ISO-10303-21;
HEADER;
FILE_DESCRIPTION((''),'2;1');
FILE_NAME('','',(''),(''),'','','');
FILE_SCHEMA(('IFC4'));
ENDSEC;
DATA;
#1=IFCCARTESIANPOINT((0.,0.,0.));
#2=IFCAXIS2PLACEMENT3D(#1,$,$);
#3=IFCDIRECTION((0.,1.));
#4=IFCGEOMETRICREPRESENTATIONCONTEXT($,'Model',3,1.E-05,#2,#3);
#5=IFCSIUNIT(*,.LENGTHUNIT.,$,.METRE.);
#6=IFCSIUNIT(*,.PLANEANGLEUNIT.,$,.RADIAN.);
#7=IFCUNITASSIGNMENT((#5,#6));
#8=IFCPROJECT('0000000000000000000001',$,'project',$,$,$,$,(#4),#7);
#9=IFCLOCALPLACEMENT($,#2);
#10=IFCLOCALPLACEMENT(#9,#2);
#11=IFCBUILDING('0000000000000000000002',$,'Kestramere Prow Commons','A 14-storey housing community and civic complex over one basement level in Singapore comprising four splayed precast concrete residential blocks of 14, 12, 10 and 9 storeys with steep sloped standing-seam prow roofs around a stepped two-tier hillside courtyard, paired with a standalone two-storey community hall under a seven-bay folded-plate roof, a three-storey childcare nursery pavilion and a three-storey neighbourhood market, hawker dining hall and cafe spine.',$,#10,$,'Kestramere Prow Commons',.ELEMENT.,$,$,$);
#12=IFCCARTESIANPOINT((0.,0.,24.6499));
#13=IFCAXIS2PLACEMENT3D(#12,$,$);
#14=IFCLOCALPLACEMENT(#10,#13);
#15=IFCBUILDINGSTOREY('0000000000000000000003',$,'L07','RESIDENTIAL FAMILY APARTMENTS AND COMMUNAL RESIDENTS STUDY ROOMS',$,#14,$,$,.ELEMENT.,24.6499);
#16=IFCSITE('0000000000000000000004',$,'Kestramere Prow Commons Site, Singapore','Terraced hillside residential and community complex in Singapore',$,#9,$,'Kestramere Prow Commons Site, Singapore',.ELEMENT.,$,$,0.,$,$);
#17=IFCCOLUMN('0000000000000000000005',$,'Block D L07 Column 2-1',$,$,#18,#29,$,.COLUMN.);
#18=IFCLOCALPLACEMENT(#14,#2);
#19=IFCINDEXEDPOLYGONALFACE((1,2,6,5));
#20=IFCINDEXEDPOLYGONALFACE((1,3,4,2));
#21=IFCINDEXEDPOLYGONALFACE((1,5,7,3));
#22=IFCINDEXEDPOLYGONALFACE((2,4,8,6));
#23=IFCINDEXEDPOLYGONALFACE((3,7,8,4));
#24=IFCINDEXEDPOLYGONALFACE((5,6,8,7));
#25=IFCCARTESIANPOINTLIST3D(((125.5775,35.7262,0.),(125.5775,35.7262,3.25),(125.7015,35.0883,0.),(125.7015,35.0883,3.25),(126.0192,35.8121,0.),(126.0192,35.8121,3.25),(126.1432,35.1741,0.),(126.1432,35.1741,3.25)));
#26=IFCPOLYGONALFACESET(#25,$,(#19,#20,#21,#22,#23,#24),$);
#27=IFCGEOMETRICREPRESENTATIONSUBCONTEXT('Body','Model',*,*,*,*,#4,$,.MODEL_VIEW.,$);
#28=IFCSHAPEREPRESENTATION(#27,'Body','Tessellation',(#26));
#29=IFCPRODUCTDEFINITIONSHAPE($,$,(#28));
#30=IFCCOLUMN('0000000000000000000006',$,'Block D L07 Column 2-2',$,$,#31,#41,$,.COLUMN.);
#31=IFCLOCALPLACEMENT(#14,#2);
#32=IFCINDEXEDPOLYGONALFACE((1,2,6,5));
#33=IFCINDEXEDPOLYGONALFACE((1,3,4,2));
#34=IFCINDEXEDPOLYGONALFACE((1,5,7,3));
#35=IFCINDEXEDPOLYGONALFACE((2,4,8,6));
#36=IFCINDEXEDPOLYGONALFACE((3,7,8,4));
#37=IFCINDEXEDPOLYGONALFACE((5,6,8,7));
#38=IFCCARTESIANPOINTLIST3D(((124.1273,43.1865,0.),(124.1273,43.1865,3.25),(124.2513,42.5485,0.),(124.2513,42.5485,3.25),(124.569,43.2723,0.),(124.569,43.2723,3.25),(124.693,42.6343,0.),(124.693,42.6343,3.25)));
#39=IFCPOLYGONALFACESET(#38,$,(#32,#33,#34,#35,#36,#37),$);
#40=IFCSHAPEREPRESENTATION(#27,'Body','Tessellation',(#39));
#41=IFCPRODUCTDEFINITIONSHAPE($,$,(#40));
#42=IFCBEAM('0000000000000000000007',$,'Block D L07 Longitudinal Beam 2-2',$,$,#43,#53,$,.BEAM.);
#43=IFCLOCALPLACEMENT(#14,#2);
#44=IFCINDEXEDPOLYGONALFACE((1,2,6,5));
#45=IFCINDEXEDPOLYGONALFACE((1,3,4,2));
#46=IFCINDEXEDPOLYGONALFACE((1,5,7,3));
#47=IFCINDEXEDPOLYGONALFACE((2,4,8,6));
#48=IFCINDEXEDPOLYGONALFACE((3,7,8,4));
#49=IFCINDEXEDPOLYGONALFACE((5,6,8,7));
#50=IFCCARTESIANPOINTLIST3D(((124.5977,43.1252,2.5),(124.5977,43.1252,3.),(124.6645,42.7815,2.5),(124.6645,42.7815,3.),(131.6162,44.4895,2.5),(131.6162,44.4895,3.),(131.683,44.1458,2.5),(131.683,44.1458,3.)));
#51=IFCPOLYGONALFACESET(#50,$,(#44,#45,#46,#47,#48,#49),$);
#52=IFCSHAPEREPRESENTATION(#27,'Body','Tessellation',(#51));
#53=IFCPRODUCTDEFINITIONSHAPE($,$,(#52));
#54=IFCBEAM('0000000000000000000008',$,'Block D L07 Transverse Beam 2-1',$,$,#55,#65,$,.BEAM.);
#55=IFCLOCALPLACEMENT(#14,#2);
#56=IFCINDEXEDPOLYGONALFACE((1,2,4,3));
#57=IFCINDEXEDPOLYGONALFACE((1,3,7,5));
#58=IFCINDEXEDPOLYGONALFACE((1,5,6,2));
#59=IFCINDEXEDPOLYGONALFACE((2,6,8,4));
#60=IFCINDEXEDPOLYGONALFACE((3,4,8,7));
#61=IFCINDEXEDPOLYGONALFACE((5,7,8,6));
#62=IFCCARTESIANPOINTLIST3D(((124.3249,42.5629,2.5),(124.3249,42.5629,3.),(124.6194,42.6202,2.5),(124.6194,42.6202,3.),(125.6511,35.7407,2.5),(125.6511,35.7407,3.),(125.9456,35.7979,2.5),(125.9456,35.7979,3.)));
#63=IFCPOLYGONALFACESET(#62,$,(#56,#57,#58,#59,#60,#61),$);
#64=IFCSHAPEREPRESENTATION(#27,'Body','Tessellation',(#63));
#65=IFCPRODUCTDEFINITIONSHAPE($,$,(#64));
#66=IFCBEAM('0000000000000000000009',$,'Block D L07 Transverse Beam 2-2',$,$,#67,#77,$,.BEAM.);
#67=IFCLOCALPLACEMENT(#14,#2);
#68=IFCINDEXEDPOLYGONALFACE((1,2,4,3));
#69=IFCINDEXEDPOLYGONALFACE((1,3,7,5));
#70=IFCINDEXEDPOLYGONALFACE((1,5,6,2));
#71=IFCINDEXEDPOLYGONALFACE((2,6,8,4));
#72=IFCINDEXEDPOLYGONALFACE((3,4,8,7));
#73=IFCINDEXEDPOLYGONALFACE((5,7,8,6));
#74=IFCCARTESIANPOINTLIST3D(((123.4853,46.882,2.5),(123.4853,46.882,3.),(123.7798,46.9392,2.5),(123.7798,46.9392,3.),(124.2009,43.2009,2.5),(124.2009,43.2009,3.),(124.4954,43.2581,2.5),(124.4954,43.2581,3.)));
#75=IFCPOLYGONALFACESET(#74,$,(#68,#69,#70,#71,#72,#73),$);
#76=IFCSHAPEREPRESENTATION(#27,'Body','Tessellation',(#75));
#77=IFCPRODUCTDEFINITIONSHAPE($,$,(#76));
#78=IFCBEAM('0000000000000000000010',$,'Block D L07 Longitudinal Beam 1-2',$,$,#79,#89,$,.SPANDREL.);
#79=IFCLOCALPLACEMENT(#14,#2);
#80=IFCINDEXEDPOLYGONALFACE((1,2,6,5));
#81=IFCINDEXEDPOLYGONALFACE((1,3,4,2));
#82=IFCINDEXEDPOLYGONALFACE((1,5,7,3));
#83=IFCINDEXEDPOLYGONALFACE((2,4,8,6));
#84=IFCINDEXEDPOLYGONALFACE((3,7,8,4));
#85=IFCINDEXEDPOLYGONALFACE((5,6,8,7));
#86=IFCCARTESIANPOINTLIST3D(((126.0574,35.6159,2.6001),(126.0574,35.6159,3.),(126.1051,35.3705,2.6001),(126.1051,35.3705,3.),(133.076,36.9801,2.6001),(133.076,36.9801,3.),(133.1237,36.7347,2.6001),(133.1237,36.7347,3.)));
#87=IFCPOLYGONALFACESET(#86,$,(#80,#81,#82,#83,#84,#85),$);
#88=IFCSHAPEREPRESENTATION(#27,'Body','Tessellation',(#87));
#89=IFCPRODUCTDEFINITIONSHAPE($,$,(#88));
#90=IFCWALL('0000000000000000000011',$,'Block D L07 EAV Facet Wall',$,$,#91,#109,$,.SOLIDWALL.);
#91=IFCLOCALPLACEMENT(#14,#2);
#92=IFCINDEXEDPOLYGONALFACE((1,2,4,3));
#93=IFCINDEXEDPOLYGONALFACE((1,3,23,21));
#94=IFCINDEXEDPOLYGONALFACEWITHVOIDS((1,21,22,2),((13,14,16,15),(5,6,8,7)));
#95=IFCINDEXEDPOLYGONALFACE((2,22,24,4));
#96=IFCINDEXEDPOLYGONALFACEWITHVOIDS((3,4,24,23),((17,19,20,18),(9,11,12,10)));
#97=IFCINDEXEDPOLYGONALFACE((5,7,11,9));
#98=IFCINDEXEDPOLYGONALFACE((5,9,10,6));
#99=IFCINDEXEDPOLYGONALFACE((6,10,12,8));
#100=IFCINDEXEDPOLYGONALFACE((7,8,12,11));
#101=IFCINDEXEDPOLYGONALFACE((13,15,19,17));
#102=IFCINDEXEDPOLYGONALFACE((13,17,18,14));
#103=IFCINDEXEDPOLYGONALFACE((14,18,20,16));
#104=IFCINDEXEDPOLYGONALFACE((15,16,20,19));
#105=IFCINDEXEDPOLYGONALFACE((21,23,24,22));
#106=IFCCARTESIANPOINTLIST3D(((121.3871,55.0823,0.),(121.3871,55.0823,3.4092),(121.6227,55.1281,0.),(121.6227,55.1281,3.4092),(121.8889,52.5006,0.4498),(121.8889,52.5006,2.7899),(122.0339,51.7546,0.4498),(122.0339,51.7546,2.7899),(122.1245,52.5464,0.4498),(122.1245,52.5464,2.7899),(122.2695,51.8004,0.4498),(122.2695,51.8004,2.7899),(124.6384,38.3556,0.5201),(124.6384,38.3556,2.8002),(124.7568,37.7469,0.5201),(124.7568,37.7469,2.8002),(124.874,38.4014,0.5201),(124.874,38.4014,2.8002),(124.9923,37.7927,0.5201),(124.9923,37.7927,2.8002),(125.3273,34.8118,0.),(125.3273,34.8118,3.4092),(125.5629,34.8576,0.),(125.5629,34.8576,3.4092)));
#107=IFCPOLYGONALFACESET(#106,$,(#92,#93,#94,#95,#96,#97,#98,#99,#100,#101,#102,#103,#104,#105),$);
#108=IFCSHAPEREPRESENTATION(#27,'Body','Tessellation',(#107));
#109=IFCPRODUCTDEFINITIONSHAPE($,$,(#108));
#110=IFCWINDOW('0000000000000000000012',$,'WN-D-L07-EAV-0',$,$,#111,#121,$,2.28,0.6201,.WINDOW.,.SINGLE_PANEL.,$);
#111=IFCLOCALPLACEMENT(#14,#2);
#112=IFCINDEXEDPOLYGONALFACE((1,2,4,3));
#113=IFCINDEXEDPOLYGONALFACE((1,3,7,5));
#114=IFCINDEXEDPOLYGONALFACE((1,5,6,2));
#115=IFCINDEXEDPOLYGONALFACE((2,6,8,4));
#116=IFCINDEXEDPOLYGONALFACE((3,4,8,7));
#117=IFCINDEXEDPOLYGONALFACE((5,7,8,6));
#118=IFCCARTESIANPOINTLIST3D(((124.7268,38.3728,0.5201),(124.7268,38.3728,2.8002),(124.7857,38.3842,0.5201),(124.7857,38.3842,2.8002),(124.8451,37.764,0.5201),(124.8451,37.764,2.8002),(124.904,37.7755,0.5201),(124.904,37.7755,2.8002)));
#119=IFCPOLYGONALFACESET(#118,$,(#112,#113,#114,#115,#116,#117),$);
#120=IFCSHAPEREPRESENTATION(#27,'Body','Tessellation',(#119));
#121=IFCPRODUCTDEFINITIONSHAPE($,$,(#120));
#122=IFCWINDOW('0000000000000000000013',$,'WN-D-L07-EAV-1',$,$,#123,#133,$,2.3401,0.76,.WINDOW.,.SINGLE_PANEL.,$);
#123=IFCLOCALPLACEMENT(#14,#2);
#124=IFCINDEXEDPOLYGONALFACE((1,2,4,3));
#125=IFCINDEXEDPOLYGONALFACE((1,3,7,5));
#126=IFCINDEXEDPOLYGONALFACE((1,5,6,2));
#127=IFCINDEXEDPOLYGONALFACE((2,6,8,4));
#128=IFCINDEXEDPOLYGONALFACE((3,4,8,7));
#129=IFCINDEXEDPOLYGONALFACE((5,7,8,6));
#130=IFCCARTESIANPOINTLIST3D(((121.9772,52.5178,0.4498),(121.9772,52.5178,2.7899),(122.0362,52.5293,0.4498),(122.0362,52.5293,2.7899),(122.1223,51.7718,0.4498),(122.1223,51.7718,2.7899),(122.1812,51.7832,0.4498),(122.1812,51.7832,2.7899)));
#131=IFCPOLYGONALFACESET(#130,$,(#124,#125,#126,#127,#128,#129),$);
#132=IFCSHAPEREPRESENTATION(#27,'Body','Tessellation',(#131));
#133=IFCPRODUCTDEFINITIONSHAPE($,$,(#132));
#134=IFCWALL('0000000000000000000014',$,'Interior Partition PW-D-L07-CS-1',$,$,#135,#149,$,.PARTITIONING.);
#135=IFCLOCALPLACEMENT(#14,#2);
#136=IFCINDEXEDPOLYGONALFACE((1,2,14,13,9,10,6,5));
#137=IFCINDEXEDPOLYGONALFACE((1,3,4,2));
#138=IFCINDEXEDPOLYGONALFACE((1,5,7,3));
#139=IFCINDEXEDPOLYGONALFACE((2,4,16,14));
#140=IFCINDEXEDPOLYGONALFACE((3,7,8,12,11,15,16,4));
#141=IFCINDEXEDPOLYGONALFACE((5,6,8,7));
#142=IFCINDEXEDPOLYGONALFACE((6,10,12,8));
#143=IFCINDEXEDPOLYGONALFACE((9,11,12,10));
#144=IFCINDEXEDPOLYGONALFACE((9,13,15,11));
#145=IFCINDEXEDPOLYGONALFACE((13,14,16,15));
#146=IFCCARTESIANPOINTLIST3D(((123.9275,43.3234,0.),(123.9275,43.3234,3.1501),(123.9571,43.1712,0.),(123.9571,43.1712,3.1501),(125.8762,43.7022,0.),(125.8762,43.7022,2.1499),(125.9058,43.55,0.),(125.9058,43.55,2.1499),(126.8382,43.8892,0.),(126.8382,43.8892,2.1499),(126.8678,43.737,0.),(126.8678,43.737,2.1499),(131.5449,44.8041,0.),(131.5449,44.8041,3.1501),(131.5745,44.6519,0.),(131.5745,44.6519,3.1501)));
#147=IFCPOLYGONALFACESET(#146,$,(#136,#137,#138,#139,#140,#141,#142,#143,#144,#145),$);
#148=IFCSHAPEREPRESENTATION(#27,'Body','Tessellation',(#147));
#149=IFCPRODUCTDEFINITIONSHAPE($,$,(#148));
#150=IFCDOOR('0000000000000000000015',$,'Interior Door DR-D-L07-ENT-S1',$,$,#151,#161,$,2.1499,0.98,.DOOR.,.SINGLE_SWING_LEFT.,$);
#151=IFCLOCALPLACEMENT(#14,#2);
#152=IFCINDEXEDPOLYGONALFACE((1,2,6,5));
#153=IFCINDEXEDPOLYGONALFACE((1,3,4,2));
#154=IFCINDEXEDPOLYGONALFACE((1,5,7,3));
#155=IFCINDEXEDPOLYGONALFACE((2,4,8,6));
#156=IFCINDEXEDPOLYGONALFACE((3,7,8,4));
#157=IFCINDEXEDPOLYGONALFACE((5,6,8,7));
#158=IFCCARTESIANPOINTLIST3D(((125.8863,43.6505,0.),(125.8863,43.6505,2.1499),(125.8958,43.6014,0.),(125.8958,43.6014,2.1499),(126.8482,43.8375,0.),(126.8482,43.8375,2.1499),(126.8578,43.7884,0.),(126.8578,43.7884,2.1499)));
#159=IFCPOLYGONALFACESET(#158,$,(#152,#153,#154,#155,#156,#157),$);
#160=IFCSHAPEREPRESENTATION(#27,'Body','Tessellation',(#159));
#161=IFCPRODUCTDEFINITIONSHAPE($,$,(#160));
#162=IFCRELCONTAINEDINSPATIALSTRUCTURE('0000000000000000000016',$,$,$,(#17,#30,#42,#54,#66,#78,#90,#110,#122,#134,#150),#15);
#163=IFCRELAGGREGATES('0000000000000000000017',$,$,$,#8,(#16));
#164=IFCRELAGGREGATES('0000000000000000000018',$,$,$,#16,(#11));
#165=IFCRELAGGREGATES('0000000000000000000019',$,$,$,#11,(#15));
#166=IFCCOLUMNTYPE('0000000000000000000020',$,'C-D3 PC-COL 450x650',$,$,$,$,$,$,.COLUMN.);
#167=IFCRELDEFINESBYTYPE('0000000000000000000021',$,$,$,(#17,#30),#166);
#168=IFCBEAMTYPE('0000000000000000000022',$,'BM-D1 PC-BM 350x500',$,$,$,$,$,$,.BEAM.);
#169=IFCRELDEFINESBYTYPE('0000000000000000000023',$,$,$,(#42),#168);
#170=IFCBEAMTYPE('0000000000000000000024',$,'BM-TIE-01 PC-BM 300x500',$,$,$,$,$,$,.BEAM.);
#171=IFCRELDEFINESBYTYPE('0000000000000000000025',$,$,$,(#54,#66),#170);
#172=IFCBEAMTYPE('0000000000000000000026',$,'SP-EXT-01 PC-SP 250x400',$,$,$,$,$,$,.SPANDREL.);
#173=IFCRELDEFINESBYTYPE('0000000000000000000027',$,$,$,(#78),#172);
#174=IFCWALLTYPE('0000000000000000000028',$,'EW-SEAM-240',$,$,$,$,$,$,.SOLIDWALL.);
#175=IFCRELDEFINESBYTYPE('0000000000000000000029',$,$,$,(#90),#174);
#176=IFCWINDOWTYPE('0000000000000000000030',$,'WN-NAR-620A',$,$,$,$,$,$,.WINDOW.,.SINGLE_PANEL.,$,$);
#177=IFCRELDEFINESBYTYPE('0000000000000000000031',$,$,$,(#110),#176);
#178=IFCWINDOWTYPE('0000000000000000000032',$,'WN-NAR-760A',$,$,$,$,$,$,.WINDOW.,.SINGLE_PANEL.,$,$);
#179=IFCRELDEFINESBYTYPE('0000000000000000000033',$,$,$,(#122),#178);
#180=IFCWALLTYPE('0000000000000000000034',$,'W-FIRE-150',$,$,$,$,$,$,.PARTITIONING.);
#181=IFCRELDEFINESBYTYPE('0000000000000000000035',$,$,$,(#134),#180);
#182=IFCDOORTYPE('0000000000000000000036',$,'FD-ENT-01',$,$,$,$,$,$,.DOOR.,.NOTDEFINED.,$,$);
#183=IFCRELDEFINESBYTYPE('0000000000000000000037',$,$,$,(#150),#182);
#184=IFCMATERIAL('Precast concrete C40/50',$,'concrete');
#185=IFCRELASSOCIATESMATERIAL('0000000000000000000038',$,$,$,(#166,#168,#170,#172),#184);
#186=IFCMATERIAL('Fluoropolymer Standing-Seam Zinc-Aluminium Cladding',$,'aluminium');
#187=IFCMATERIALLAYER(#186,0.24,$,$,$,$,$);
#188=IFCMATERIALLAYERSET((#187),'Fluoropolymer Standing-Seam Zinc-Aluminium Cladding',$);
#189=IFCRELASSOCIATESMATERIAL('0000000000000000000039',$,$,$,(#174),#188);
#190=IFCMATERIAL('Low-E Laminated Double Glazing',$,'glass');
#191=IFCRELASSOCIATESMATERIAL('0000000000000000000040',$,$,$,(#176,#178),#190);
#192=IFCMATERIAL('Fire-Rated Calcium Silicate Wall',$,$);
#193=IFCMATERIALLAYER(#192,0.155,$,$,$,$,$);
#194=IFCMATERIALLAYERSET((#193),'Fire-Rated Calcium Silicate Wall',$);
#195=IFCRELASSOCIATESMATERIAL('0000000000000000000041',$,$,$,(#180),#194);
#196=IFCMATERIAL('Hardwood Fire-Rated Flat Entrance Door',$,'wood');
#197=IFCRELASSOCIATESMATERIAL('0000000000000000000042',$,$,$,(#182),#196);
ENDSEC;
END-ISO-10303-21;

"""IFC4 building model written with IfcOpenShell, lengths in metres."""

from ifc_helpers import new_model, si_unit, direction, frame, frame_2d, origin, origin_2d, place, context, subcontext, project, spatial, rectangle, extrude, material, layer, layer_set, material_profile, profile_set, type_object, element, fill, save


model = new_model("IFC4")

# Units and contexts
model_context = context("Model", 3, precision=1e-05, world=origin(), true_north=direction((0.0, 1.0)))
body_context = subcontext(model_context, "Body", "Model", "MODEL_VIEW")
ifc_project = project(units=[si_unit("LENGTHUNIT", "METRE"), si_unit("PLANEANGLEUNIT", "RADIAN")], contexts=[model_context])

# Site, building, storey
site_placement = place(None, origin())
site = spatial("IfcSite", under=ifc_project, at=site_placement, Name="Kestramere Prow Commons Site, Singapore", Description="Terraced hillside residential and community complex in Singapore", LongName="Kestramere Prow Commons Site, Singapore", CompositionType="ELEMENT", RefElevation=0.0)
building_placement = place(site_placement, origin())
building = spatial("IfcBuilding", under=site, at=building_placement, Name="Kestramere Prow Commons", Description="A 14-storey housing community and civic complex over one basement level in Singapore comprising four splayed precast concrete residential blocks of 14, 12, 10 and 9 storeys with steep sloped standing-seam prow roofs around a stepped two-tier hillside courtyard, paired with a standalone two-storey community hall under a seven-bay folded-plate roof, a three-storey childcare nursery pavilion and a three-storey neighbourhood market, hawker dining hall and cafe spine.", LongName="Kestramere Prow Commons", CompositionType="ELEMENT")
storey_placement = place(building_placement, frame((0.0, 0.0, 24.6499)))
storey = spatial("IfcBuildingStorey", under=building, at=storey_placement, Name="L07", Description="RESIDENTIAL FAMILY APARTMENTS AND COMMUNAL RESIDENTS STUDY ROOMS", CompositionType="ELEMENT", Elevation=24.6499)

# Columns
ifc_material_1 = material(Name="Precast concrete C40/50", Category="concrete")
ifc_material_profile_1 = material_profile(ifc_material_1, rectangle(XDim=0.45, YDim=0.6499, at=origin_2d()), Name="PC-COL 450x650")
ifc_profile_set_1 = profile_set([ifc_material_profile_1], Name="Precast concrete C40/50")
column_type = type_object("IfcColumnType", Name="C-D3 PC-COL 450x650", PredefinedType="COLUMN", material=ifc_profile_set_1)
for number, where, z_axis, x_axis, name in (
    (1, (125.8604, 35.4502, 0.0), (0.0, 0.0, 1.0), (0.981627, 0.190809, 0.0), "Block D L07 Column 2-1"),
    (2, (124.4102, 42.9104, 0.0), (0.0, 0.0, 1.0), (0.981627, 0.190809, 0.0), "Block D L07 Column 2-2"),
):
    element("IfcColumn", number, at=place(storey_placement, frame(where, z_axis=z_axis, x_axis=x_axis)), inside=storey, type_object=column_type, Name=name, PredefinedType="COLUMN", context=body_context, shape_type="SweptSolid", body=[
        extrude(rectangle(XDim=0.45, YDim=0.6499, at=origin_2d()), origin(), (0.0, 0.0, 1.0), 3.25),
    ])

# Beams
ifc_material_profile_2 = material_profile(ifc_material_1, rectangle(XDim=0.3501, YDim=0.5, at=origin_2d()), Name="PC-BM 350x500")
ifc_profile_set_2 = profile_set([ifc_material_profile_2], Name="Precast concrete C40/50")
beam_type_1 = type_object("IfcBeamType", Name="BM-D1 PC-BM 350x500", PredefinedType="BEAM", material=ifc_profile_set_2)
beam_1_placement = place(storey_placement, frame((124.6311, 42.9534, 2.75), z_axis=(0.981627, 0.190808, 0.0), x_axis=(-0.190808, 0.981627, 0.0)))
element("IfcBeam", 3, at=beam_1_placement, inside=storey, type_object=beam_type_1, Name="Block D L07 Longitudinal Beam 2-2", PredefinedType="BEAM", context=body_context, shape_type="SweptSolid", body=[
    extrude(rectangle(XDim=0.3501, YDim=0.5, at=origin_2d()), origin(), (0.0, 0.0, 1.0), 7.1499),
])
ifc_material_profile_3 = material_profile(ifc_material_1, rectangle(XDim=0.3, YDim=0.5, at=origin_2d()), Name="PC-BM 300x500")
ifc_profile_set_3 = profile_set([ifc_material_profile_3], Name="Precast concrete C40/50")
beam_type_2 = type_object("IfcBeamType", Name="BM-TIE-01 PC-BM 300x500", PredefinedType="BEAM", material=ifc_profile_set_3)
beam_2_placement = place(storey_placement, frame((125.7983, 35.7693, 2.75), z_axis=(-0.190817, 0.981626, 0.0), x_axis=(-0.981626, -0.190817, 0.0)))
element("IfcBeam", 4, at=beam_2_placement, inside=storey, type_object=beam_type_2, Name="Block D L07 Transverse Beam 2-1", PredefinedType="BEAM", context=body_context, shape_type="SweptSolid", body=[
    extrude(rectangle(XDim=0.3, YDim=0.5, at=origin_2d()), origin(), (0.0, 0.0, 1.0), 6.95),
])
beam_3_placement = place(storey_placement, frame((124.3481, 43.2295, 2.75), z_axis=(-0.190817, 0.981626, 0.0), x_axis=(-0.981626, -0.190817, 0.0)))
element("IfcBeam", 5, at=beam_3_placement, inside=storey, type_object=beam_type_2, Name="Block D L07 Transverse Beam 2-2", PredefinedType="BEAM", context=body_context, shape_type="SweptSolid", body=[
    extrude(rectangle(XDim=0.3, YDim=0.5, at=origin_2d()), origin(), (0.0, 0.0, 1.0), 3.75),
])
ifc_material_profile_4 = material_profile(ifc_material_1, rectangle(XDim=0.25, YDim=0.3999, at=origin_2d()), Name="PC-SP 250x400")
ifc_profile_set_4 = profile_set([ifc_material_profile_4], Name="Precast concrete C40/50")
beam_type_3 = type_object("IfcBeamType", Name="SP-EXT-01 PC-SP 250x400", PredefinedType="SPANDREL", material=ifc_profile_set_4)
beam_4_placement = place(storey_placement, frame((126.0813, 35.4932, 2.8), z_axis=(0.981627, 0.190808, 0.0), x_axis=(-0.190808, 0.981627, 0.0)))
element("IfcBeam", 6, at=beam_4_placement, inside=storey, type_object=beam_type_3, Name="Block D L07 Longitudinal Beam 1-2", PredefinedType="SPANDREL", context=body_context, shape_type="SweptSolid", body=[
    extrude(rectangle(XDim=0.25, YDim=0.3999, at=origin_2d()), origin(), (0.0, 0.0, 1.0), 7.1499),
])

# Wall, openings, windows
ifc_material_2 = material(Name="Fluoropolymer Standing-Seam Zinc-Aluminium Cladding", Category="aluminium")
ifc_layer_1 = layer(ifc_material_2, 0.24)
ifc_layer_set_1 = layer_set([ifc_layer_1], Name="Fluoropolymer Standing-Seam Zinc-Aluminium Cladding")
wall_type_1 = type_object("IfcWallType", Name="EW-SEAM-240", PredefinedType="SOLIDWALL", material=ifc_layer_set_1)
wall_1_placement = place(storey_placement, frame((125.4451, 34.8347, 0.0), z_axis=(0.0, 0.0, 1.0), x_axis=(-0.190809, 0.981627, 0.0)))
wall_1 = element("IfcWall", 7, at=wall_1_placement, inside=storey, type_object=wall_type_1, Name="Block D L07 EAV Facet Wall", PredefinedType="SOLIDWALL", context=body_context, shape_type="SweptSolid", body=[
    extrude(rectangle(XDim=20.6499, YDim=0.24, at=frame_2d((10.325, 0.0))), origin(), (0.0, 0.0, 1.0), 3.4092),
])
opening_1_placement = place(wall_1_placement, frame((2.99, 0.0, 0.52)))
opening_1 = element("IfcOpeningElement", 8, at=opening_1_placement, cuts=wall_1, PredefinedType="OPENING", context=body_context, shape_type="SweptSolid", body=[
    extrude(rectangle(XDim=0.6201, YDim=2.28, at=frame_2d((0.3101, 1.1401))), frame((0.0, 0.135, 0.0), z_axis=(0.0, -1.0, 0.0), x_axis=(1.0, 0.0, 0.0)), (0.0, 0.0, 1.0), 0.27),
])
opening_2_placement = place(wall_1_placement, frame((17.26, 0.0, 0.45)))
opening_2 = element("IfcOpeningElement", 9, at=opening_2_placement, cuts=wall_1, PredefinedType="OPENING", context=body_context, shape_type="SweptSolid", body=[
    extrude(rectangle(XDim=0.76, YDim=2.3401, at=frame_2d((0.3799, 1.1699))), frame((0.0, 0.135, 0.0), z_axis=(0.0, -1.0, 0.0), x_axis=(1.0, 0.0, 0.0)), (0.0, 0.0, 1.0), 0.27),
])
ifc_material_3 = material(Name="Low-E Laminated Double Glazing", Category="glass")
window_type_1 = type_object("IfcWindowType", Name="WN-NAR-620A", PartitioningType="SINGLE_PANEL", PredefinedType="WINDOW", material=ifc_material_3)
window_1_placement = place(opening_1_placement, origin())
window_1 = element("IfcWindow", 10, at=window_1_placement, inside=storey, type_object=window_type_1, Name="WN-D-L07-EAV-0", OverallHeight=2.28, OverallWidth=0.6201, PartitioningType="SINGLE_PANEL", PredefinedType="WINDOW", context=body_context, shape_type="SweptSolid", body=[
    extrude(rectangle(XDim=0.6201, YDim=2.28, at=frame_2d((0.3101, 1.1401))), frame((0.0, 0.03, 0.0), z_axis=(0.0, -1.0, 0.0), x_axis=(1.0, 0.0, 0.0)), (0.0, 0.0, 1.0), 0.0601),
])
fill(opening_1, window_1)
window_type_2 = type_object("IfcWindowType", Name="WN-NAR-760A", PartitioningType="SINGLE_PANEL", PredefinedType="WINDOW", material=ifc_material_3)
window_2_placement = place(opening_2_placement, origin())
window_2 = element("IfcWindow", 11, at=window_2_placement, inside=storey, type_object=window_type_2, Name="WN-D-L07-EAV-1", OverallHeight=2.3401, OverallWidth=0.76, PartitioningType="SINGLE_PANEL", PredefinedType="WINDOW", context=body_context, shape_type="SweptSolid", body=[
    extrude(rectangle(XDim=0.76, YDim=2.3401, at=frame_2d((0.3799, 1.1699))), frame((0.0, 0.03, 0.0), z_axis=(0.0, -1.0, 0.0), x_axis=(1.0, 0.0, 0.0)), (0.0, 0.0, 1.0), 0.0601),
])
fill(opening_2, window_2)

# Wall, opening, door
ifc_material_4 = material(Name="Fire-Rated Calcium Silicate Wall")
ifc_layer_2 = layer(ifc_material_4, 0.155)
ifc_layer_set_2 = layer_set([ifc_layer_2], Name="Fire-Rated Calcium Silicate Wall")
wall_type_2 = type_object("IfcWallType", Name="W-FIRE-150", PredefinedType="PARTITIONING", material=ifc_layer_set_2)
wall_2_placement = place(storey_placement, frame((123.9424, 43.2473, 0.0), z_axis=(0.0, 0.0, 1.0), x_axis=(0.981626, 0.190813, 0.0)))
wall_2 = element("IfcWall", 12, at=wall_2_placement, inside=storey, type_object=wall_type_2, Name="Interior Partition PW-D-L07-CS-1", PredefinedType="PARTITIONING", context=body_context, shape_type="SweptSolid", body=[
    extrude(rectangle(XDim=7.76, YDim=0.155, at=frame_2d((3.8799, 0.0))), origin(), (0.0, 0.0, 1.0), 3.1501),
])
opening_3_placement = place(wall_2_placement, frame((1.9851, 0.0, 0.0)))
opening_3 = element("IfcOpeningElement", 13, at=opening_3_placement, cuts=wall_2, PredefinedType="OPENING", context=body_context, shape_type="SweptSolid", body=[
    extrude(rectangle(XDim=0.98, YDim=2.1499, at=frame_2d((0.49, 1.075))), frame((0.0, 0.0925, 0.0), z_axis=(0.0, -1.0, 0.0), x_axis=(1.0, 0.0, 0.0)), (0.0, 0.0, 1.0), 0.1851),
])
ifc_material_5 = material(Name="Hardwood Fire-Rated Flat Entrance Door", Category="wood")
door_type_1 = type_object("IfcDoorType", Name="FD-ENT-01", OperationType="NOTDEFINED", PredefinedType="DOOR", material=ifc_material_5)
door_1_placement = place(opening_3_placement, origin())
door_1 = element("IfcDoor", 14, at=door_1_placement, inside=storey, type_object=door_type_1, Name="Interior Door DR-D-L07-ENT-S1", OperationType="SINGLE_SWING_LEFT", OverallHeight=2.1499, OverallWidth=0.98, PredefinedType="DOOR", context=body_context, shape_type="SweptSolid", body=[
    extrude(rectangle(XDim=0.98, YDim=2.1499, at=frame_2d((0.49, 1.075))), frame((0.0, 0.0249, 0.0), z_axis=(0.0, -1.0, 0.0), x_axis=(1.0, 0.0, 0.0)), (0.0, 0.0, 1.0), 0.05),
])
fill(opening_3, door_1)

save(model, "model.ifc")
